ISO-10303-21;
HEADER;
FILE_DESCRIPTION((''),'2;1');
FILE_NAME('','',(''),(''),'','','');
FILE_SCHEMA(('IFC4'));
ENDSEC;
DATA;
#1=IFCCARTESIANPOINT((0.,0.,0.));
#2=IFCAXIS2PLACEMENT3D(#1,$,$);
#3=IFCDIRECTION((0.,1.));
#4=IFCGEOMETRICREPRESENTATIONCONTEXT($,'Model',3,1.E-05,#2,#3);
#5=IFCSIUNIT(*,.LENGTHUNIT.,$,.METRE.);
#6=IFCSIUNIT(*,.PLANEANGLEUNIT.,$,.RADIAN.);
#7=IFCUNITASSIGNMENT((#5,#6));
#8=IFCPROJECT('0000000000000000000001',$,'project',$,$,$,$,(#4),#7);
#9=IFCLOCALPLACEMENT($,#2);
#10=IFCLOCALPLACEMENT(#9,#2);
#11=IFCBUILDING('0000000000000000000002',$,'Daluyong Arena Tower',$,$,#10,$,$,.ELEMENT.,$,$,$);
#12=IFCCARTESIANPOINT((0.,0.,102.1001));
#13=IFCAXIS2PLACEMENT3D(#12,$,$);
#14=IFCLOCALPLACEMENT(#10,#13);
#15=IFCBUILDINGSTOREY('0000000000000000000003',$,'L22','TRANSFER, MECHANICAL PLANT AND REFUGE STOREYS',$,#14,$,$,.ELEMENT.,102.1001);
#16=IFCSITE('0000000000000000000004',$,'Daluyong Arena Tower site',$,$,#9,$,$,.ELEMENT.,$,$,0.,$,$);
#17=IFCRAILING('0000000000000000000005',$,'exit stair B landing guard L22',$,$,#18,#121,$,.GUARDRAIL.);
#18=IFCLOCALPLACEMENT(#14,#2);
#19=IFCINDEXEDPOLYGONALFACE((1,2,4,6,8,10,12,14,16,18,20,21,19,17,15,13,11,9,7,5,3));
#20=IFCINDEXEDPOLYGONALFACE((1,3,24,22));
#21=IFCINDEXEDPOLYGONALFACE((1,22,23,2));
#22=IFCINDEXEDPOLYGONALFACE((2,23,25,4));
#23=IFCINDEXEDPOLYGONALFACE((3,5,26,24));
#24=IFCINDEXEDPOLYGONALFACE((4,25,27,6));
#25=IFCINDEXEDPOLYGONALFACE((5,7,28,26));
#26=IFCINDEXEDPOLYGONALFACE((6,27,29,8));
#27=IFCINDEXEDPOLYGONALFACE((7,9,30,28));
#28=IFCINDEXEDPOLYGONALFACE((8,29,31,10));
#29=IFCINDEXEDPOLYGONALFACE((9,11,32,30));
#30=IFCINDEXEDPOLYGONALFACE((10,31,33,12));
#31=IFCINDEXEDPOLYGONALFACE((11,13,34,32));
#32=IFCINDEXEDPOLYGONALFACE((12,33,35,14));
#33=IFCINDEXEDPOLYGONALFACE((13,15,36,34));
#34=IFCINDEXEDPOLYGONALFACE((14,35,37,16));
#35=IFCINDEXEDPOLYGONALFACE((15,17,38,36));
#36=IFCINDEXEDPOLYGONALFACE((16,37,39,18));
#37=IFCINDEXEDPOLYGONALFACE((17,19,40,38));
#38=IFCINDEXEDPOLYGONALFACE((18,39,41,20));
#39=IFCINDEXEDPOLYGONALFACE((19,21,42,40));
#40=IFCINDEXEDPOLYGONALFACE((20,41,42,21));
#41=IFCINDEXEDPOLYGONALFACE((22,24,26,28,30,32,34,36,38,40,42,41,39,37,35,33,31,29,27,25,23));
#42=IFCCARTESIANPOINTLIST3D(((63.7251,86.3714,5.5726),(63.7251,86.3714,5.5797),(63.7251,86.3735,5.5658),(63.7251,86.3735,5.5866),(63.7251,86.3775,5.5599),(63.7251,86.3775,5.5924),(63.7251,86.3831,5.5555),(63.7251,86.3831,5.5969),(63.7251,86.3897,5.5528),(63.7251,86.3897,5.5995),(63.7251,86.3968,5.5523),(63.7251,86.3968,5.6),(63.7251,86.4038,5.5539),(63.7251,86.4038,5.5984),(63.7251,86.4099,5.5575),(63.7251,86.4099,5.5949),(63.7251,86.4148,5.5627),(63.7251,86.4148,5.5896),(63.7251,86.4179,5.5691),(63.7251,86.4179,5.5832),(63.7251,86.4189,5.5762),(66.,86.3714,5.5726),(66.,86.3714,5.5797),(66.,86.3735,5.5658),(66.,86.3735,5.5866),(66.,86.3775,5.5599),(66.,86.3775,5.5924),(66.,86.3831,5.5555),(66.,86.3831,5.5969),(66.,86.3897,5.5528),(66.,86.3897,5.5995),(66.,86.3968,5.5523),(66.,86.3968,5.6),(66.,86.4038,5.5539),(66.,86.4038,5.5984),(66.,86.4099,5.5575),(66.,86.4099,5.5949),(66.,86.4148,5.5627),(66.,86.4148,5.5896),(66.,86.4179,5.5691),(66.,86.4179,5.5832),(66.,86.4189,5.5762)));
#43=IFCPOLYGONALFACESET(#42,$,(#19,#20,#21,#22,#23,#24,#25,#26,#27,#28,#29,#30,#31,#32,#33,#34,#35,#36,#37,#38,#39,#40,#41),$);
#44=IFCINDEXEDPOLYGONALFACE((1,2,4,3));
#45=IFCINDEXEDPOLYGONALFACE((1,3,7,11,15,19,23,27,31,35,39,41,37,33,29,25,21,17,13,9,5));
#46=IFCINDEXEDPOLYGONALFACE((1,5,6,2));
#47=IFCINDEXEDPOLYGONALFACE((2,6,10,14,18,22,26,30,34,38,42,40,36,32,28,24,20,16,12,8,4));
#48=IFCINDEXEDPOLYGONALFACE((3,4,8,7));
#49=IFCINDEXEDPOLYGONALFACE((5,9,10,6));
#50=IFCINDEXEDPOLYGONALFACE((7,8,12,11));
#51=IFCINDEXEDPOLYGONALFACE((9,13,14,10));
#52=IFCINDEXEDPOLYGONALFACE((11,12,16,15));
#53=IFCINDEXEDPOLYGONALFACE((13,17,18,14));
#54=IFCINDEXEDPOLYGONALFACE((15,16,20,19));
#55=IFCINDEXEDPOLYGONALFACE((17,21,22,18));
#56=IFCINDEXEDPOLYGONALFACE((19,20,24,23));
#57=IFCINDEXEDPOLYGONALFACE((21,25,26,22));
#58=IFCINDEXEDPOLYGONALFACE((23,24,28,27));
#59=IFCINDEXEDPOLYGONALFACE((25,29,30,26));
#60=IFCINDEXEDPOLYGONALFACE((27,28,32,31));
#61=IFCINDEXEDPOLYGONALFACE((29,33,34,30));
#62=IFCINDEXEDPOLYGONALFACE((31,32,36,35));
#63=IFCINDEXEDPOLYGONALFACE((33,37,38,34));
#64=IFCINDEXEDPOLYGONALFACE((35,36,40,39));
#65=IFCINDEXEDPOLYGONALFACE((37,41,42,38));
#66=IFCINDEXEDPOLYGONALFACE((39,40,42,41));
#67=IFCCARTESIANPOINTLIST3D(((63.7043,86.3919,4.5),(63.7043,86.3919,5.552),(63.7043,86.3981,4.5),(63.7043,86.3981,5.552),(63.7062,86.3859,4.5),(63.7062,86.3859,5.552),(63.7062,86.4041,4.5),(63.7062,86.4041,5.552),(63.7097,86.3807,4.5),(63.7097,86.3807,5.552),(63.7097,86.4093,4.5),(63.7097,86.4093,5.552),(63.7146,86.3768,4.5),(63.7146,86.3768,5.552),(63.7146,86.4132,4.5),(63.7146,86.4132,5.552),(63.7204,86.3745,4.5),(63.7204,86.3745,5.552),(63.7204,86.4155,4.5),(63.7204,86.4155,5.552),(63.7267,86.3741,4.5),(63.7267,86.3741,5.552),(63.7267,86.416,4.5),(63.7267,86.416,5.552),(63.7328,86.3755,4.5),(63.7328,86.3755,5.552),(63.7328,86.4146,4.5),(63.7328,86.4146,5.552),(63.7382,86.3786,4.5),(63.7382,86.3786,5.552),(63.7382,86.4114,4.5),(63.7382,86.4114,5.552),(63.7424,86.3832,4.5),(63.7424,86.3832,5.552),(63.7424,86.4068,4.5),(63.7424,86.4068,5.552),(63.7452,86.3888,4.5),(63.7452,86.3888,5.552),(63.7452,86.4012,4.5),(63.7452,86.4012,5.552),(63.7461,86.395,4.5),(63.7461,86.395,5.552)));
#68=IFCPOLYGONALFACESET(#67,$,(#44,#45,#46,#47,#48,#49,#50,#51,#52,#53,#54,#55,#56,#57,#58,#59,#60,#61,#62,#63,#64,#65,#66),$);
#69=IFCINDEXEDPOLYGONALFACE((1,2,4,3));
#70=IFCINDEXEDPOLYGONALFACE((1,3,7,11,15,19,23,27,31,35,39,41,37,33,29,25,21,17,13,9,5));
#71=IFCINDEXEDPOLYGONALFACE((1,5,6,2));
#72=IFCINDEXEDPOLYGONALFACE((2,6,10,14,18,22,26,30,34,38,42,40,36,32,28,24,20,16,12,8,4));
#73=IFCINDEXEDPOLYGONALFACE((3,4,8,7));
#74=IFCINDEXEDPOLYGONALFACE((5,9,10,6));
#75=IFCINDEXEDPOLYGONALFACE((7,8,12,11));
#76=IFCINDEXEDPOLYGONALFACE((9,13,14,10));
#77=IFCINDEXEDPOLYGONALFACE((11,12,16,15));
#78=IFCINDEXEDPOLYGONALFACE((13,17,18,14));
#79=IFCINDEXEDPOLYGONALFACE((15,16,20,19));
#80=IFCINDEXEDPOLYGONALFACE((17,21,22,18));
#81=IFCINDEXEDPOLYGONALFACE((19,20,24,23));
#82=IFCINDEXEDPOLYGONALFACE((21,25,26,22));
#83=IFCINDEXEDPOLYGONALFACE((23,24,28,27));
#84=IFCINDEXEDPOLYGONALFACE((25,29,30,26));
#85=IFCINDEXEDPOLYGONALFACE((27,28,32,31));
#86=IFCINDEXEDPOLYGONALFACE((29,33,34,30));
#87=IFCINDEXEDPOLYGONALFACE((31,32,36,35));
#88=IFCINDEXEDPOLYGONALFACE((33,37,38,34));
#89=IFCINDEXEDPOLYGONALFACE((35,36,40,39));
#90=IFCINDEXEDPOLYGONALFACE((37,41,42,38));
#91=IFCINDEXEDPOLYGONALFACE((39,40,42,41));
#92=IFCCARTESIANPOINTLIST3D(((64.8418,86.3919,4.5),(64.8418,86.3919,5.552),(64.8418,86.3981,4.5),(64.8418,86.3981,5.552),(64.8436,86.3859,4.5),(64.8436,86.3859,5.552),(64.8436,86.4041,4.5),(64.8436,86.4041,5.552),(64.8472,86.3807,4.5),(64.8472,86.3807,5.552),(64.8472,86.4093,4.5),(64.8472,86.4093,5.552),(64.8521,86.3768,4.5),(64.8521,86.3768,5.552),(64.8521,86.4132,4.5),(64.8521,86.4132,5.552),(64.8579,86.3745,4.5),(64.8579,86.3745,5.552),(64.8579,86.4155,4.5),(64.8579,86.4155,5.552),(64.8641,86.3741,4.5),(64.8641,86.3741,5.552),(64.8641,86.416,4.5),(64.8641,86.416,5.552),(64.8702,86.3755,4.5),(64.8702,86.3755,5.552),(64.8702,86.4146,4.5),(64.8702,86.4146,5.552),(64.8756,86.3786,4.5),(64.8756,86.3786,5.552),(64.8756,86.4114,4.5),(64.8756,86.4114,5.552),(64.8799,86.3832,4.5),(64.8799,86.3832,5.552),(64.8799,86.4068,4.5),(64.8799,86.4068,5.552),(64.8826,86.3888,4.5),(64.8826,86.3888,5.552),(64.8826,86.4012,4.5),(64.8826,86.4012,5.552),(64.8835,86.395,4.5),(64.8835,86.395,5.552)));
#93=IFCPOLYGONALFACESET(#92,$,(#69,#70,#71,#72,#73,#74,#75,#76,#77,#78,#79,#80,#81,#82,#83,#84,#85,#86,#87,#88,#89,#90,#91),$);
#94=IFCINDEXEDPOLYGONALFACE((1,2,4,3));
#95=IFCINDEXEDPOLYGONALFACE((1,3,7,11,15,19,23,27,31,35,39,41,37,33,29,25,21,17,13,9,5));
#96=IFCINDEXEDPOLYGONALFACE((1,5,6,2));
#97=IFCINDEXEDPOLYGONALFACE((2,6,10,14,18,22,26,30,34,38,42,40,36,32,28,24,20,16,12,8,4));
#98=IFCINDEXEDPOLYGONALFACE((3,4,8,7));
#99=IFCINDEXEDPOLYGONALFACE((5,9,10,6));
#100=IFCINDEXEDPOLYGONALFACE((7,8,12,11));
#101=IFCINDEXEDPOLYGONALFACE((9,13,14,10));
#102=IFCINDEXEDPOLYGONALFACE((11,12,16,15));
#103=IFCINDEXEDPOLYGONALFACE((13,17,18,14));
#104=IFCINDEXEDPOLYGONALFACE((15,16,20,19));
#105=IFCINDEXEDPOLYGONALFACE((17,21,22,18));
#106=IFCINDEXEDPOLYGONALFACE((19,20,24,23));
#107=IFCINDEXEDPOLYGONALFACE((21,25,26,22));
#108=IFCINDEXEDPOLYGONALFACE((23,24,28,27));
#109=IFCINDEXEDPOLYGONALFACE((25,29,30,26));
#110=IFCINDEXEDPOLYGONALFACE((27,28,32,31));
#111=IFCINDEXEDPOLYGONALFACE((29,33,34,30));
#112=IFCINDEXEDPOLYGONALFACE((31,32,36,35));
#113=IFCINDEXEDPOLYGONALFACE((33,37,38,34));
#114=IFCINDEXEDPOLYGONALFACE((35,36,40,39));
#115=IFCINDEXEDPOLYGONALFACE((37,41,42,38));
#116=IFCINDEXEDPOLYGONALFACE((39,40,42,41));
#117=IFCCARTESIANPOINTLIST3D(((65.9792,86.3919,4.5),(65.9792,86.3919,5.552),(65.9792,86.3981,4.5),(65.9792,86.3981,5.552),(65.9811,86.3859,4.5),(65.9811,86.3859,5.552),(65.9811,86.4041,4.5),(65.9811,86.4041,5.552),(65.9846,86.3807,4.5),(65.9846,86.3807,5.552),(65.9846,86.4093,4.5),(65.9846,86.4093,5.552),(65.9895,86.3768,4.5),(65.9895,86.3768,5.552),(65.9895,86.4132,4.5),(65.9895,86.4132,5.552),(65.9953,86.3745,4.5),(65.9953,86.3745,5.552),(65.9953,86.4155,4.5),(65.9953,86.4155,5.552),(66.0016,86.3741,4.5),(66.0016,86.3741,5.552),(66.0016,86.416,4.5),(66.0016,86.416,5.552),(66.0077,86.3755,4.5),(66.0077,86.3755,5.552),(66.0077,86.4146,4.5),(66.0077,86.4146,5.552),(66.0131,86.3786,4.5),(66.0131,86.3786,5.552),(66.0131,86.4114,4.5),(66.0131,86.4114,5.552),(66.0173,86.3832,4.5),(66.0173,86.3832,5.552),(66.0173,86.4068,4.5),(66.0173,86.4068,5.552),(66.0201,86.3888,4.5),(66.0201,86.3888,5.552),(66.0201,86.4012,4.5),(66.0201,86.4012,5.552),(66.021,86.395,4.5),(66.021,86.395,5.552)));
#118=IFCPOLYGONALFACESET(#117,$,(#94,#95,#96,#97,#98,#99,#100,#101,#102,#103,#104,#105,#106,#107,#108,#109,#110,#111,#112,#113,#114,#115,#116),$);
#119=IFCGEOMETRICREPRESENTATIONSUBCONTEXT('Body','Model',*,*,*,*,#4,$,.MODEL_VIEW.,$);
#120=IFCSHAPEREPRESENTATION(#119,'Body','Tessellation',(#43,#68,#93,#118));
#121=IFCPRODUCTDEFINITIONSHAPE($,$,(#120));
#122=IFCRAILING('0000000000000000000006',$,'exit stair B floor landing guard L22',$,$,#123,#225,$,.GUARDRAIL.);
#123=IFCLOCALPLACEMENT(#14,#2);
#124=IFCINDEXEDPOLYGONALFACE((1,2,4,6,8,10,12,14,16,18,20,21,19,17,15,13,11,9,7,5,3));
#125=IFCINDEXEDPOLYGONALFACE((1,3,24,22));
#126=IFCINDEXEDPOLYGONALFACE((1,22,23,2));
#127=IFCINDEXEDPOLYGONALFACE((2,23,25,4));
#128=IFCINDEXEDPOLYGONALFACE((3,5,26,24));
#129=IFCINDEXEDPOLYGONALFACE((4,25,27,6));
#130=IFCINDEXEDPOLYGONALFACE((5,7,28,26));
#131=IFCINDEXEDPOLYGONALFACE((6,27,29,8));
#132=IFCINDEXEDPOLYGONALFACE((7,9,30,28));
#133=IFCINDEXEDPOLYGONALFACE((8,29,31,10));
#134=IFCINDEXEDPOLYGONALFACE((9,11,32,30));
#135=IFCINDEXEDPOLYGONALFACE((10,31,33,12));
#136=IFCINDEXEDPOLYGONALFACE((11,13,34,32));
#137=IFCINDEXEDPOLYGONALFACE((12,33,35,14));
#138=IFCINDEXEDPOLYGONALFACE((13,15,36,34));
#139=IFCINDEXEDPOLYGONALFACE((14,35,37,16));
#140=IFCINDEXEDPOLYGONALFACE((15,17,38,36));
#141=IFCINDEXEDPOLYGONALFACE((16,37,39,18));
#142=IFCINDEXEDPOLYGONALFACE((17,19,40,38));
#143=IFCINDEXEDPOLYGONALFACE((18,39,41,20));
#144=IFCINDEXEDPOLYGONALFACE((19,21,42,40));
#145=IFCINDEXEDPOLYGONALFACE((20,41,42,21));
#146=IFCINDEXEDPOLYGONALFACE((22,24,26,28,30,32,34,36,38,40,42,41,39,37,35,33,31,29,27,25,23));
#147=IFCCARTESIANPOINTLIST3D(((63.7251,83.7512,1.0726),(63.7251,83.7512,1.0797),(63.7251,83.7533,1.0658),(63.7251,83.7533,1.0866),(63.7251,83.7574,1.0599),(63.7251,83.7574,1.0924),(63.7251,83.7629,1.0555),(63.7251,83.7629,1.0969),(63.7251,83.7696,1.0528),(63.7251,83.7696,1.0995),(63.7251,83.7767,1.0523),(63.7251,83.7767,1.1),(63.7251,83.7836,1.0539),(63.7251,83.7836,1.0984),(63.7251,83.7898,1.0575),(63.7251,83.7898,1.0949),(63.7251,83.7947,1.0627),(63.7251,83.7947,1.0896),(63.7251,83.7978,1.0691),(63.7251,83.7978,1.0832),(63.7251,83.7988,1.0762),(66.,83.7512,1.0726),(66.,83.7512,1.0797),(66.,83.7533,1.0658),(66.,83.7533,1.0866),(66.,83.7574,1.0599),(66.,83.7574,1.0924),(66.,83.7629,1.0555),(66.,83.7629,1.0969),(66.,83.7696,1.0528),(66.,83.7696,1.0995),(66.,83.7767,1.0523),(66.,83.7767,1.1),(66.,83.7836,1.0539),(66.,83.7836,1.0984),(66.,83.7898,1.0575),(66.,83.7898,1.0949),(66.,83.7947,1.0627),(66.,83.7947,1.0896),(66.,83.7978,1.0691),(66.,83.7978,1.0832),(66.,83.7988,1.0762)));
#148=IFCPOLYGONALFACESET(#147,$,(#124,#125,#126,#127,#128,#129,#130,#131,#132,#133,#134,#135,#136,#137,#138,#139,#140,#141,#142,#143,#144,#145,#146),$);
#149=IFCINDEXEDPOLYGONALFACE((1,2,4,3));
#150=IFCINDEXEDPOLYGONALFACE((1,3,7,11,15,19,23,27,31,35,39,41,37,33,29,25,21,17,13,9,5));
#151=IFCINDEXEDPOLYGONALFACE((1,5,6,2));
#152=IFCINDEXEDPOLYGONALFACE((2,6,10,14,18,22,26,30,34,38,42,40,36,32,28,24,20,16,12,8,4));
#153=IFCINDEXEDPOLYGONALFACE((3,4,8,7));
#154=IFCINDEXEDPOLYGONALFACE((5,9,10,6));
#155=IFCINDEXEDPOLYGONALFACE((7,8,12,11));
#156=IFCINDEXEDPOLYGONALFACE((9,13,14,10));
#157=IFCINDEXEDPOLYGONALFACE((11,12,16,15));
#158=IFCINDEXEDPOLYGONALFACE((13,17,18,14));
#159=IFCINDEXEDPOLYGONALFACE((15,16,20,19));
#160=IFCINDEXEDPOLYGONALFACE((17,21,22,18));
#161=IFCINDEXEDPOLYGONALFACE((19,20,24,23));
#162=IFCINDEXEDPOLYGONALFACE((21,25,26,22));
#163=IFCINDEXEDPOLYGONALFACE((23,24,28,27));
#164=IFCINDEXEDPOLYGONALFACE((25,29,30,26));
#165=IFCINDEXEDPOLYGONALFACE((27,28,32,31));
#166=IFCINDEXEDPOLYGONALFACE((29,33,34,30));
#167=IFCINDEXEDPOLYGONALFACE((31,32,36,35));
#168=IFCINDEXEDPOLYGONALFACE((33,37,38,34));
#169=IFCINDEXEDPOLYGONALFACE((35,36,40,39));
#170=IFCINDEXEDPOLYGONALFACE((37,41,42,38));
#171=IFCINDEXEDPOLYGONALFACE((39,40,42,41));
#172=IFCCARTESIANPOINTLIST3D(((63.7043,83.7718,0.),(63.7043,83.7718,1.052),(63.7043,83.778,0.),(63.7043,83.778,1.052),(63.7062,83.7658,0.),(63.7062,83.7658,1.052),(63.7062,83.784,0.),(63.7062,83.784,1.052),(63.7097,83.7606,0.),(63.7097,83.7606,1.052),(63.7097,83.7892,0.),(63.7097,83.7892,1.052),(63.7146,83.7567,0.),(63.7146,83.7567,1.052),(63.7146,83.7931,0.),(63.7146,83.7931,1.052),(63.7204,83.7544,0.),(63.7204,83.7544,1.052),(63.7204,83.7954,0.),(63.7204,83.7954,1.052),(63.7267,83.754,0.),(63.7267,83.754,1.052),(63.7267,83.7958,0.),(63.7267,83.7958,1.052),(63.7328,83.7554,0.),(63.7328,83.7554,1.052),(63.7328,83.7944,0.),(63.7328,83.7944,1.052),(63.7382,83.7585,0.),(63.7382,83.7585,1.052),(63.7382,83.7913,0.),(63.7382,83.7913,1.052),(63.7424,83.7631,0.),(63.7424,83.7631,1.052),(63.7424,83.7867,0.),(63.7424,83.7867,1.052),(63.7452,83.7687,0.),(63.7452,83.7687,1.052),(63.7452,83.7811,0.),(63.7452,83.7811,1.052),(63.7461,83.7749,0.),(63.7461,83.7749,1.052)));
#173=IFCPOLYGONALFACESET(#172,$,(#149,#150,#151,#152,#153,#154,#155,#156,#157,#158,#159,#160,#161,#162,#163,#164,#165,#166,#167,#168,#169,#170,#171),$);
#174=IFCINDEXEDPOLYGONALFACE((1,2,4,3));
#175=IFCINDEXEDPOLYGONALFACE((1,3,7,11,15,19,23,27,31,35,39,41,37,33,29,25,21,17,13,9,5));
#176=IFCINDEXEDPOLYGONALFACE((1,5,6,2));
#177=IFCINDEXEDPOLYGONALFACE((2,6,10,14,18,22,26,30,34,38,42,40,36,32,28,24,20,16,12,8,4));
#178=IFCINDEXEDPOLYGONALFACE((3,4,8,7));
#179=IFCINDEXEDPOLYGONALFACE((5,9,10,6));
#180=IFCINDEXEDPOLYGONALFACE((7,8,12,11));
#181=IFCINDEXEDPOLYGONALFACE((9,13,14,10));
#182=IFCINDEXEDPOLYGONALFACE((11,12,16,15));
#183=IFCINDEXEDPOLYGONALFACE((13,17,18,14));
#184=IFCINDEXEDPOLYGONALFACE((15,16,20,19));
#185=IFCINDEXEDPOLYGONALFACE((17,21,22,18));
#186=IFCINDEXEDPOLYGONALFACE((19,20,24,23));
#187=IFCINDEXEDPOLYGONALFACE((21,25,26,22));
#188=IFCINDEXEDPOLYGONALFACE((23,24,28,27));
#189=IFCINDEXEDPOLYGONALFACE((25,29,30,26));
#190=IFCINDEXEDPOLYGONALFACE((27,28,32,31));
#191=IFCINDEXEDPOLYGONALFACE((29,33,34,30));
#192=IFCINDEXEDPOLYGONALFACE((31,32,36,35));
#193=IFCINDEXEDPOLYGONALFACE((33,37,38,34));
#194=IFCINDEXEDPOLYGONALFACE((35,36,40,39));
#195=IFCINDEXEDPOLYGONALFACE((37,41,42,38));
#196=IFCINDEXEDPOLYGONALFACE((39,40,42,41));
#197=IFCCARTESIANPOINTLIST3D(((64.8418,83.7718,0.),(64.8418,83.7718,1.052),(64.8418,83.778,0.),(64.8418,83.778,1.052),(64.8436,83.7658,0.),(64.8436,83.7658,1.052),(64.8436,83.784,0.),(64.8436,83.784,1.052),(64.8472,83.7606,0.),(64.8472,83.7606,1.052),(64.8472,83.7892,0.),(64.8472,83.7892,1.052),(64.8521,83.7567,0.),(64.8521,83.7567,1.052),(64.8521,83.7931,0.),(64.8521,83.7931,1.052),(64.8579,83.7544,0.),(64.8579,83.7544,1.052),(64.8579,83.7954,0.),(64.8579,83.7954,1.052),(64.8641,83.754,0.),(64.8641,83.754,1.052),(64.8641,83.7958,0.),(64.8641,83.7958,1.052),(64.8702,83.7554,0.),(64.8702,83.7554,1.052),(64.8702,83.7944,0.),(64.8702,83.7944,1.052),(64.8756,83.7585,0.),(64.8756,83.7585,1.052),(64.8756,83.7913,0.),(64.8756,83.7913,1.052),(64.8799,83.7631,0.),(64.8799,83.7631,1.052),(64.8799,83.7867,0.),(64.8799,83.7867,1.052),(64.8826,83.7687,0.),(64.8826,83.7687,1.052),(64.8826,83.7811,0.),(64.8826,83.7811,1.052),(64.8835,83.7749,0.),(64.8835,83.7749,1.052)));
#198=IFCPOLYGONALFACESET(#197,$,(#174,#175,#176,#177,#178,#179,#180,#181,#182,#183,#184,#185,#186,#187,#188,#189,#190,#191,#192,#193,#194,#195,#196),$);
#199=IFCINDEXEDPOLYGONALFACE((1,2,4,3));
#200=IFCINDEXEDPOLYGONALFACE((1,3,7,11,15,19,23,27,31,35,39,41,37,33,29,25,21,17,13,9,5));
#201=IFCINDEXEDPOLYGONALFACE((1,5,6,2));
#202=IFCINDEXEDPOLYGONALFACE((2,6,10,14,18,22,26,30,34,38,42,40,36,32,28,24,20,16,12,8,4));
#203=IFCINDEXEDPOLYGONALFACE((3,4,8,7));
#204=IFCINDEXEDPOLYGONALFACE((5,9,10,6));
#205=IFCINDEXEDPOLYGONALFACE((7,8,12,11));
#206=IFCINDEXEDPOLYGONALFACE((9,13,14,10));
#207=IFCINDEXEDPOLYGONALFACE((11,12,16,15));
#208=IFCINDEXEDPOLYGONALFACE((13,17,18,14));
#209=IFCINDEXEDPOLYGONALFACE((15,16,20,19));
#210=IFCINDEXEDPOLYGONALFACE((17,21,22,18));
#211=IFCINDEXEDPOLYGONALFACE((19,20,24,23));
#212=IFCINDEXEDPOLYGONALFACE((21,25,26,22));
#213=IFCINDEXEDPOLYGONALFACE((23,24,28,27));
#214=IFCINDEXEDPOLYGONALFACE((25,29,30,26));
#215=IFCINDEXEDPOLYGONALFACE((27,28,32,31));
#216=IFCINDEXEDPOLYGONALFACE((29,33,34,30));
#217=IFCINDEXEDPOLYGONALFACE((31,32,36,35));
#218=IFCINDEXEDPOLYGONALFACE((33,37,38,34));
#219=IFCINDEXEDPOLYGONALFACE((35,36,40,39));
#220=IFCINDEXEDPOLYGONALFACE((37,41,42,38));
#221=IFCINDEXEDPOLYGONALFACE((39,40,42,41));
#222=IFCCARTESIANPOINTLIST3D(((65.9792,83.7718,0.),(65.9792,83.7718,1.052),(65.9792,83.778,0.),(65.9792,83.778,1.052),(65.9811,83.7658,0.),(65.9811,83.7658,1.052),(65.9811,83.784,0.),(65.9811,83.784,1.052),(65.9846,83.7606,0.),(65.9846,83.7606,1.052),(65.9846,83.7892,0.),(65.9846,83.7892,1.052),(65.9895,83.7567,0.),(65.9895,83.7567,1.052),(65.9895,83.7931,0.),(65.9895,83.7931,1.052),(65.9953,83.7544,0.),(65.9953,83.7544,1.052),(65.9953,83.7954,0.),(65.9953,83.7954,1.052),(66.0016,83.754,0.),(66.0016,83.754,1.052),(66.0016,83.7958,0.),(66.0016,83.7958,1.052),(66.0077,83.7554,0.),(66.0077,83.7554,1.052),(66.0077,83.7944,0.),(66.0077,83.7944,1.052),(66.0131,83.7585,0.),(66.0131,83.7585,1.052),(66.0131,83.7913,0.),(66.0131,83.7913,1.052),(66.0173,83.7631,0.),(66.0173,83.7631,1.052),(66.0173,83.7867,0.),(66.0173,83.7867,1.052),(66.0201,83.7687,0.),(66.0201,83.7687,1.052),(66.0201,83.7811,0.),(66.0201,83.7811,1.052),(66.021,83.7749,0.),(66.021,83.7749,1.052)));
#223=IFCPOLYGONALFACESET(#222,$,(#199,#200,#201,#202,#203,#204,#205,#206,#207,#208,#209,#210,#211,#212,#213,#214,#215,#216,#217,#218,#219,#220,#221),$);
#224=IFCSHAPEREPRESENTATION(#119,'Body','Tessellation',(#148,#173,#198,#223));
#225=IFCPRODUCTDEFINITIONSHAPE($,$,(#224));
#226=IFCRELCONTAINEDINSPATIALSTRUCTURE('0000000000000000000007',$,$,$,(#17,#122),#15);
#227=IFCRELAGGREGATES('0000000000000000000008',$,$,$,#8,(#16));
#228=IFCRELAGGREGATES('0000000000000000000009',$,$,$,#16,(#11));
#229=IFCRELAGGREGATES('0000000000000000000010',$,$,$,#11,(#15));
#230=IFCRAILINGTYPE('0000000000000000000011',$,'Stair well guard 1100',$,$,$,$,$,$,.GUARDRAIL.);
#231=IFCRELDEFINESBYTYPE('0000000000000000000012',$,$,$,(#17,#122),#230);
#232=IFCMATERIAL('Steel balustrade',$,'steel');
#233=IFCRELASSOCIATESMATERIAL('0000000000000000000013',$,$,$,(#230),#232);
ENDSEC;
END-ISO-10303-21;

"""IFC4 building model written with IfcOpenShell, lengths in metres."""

from ifc_helpers import new_model, si_unit, direction, frame, origin, origin_2d, place, context, subcontext, project, spatial, circle, extrude, material, type_object, element, save


model = new_model("IFC4")

# Units and contexts
model_context = context("Model", 3, precision=1e-05, world=origin(), true_north=direction((0.0, 1.0)))
body_context = subcontext(model_context, "Body", "Model", "MODEL_VIEW")
ifc_project = project(units=[si_unit("LENGTHUNIT", "METRE"), si_unit("PLANEANGLEUNIT", "RADIAN")], contexts=[model_context])

# Site, building, storey
site_placement = place(None, origin())
site = spatial("IfcSite", under=ifc_project, at=site_placement, Name="Daluyong Arena Tower site", CompositionType="ELEMENT", RefElevation=0.0)
building_placement = place(site_placement, origin())
building = spatial("IfcBuilding", under=site, at=building_placement, Name="Daluyong Arena Tower", CompositionType="ELEMENT")
storey_placement = place(building_placement, frame((0.0, 0.0, 102.1001)))
storey = spatial("IfcBuildingStorey", under=building, at=storey_placement, Name="L22", Description="TRANSFER, MECHANICAL PLANT AND REFUGE STOREYS", CompositionType="ELEMENT", Elevation=102.1001)

# Railings
ifc_material_1 = material(Name="Steel balustrade", Category="steel")
railing_type_1 = type_object("IfcRailingType", Name="Stair well guard 1100", PredefinedType="GUARDRAIL", material=ifc_material_1)
for number, where, name in (
    (1, (63.7251, 86.395, 4.5), "exit stair B landing guard L22"),
    (2, (63.7251, 83.7749, 0.0), "exit stair B floor landing guard L22"),
):
    element("IfcRailing", number, at=place(storey_placement, frame(where)), inside=storey, type_object=railing_type_1, Name=name, PredefinedType="GUARDRAIL", context=body_context, shape_type="SweptSolid", body=[
        extrude(circle(Radius=0.0239, at=origin_2d()), frame((0.0, 0.0, 1.0762), z_axis=(1.0, 0.0, 0.0), x_axis=(0.0, 1.0, 0.0)), (0.0, 0.0, 1.0), 2.2749),
        extrude(circle(Radius=0.021, at=origin_2d()), origin(), (0.0, 0.0, 1.0), 1.052),
        extrude(circle(Radius=0.021, at=origin_2d()), frame((1.1375, 0.0, 0.0)), (0.0, 0.0, 1.0), 1.052),
        extrude(circle(Radius=0.021, at=origin_2d()), frame((2.2749, 0.0, 0.0)), (0.0, 0.0, 1.0), 1.052),
    ])

save(model, "model.ifc")
